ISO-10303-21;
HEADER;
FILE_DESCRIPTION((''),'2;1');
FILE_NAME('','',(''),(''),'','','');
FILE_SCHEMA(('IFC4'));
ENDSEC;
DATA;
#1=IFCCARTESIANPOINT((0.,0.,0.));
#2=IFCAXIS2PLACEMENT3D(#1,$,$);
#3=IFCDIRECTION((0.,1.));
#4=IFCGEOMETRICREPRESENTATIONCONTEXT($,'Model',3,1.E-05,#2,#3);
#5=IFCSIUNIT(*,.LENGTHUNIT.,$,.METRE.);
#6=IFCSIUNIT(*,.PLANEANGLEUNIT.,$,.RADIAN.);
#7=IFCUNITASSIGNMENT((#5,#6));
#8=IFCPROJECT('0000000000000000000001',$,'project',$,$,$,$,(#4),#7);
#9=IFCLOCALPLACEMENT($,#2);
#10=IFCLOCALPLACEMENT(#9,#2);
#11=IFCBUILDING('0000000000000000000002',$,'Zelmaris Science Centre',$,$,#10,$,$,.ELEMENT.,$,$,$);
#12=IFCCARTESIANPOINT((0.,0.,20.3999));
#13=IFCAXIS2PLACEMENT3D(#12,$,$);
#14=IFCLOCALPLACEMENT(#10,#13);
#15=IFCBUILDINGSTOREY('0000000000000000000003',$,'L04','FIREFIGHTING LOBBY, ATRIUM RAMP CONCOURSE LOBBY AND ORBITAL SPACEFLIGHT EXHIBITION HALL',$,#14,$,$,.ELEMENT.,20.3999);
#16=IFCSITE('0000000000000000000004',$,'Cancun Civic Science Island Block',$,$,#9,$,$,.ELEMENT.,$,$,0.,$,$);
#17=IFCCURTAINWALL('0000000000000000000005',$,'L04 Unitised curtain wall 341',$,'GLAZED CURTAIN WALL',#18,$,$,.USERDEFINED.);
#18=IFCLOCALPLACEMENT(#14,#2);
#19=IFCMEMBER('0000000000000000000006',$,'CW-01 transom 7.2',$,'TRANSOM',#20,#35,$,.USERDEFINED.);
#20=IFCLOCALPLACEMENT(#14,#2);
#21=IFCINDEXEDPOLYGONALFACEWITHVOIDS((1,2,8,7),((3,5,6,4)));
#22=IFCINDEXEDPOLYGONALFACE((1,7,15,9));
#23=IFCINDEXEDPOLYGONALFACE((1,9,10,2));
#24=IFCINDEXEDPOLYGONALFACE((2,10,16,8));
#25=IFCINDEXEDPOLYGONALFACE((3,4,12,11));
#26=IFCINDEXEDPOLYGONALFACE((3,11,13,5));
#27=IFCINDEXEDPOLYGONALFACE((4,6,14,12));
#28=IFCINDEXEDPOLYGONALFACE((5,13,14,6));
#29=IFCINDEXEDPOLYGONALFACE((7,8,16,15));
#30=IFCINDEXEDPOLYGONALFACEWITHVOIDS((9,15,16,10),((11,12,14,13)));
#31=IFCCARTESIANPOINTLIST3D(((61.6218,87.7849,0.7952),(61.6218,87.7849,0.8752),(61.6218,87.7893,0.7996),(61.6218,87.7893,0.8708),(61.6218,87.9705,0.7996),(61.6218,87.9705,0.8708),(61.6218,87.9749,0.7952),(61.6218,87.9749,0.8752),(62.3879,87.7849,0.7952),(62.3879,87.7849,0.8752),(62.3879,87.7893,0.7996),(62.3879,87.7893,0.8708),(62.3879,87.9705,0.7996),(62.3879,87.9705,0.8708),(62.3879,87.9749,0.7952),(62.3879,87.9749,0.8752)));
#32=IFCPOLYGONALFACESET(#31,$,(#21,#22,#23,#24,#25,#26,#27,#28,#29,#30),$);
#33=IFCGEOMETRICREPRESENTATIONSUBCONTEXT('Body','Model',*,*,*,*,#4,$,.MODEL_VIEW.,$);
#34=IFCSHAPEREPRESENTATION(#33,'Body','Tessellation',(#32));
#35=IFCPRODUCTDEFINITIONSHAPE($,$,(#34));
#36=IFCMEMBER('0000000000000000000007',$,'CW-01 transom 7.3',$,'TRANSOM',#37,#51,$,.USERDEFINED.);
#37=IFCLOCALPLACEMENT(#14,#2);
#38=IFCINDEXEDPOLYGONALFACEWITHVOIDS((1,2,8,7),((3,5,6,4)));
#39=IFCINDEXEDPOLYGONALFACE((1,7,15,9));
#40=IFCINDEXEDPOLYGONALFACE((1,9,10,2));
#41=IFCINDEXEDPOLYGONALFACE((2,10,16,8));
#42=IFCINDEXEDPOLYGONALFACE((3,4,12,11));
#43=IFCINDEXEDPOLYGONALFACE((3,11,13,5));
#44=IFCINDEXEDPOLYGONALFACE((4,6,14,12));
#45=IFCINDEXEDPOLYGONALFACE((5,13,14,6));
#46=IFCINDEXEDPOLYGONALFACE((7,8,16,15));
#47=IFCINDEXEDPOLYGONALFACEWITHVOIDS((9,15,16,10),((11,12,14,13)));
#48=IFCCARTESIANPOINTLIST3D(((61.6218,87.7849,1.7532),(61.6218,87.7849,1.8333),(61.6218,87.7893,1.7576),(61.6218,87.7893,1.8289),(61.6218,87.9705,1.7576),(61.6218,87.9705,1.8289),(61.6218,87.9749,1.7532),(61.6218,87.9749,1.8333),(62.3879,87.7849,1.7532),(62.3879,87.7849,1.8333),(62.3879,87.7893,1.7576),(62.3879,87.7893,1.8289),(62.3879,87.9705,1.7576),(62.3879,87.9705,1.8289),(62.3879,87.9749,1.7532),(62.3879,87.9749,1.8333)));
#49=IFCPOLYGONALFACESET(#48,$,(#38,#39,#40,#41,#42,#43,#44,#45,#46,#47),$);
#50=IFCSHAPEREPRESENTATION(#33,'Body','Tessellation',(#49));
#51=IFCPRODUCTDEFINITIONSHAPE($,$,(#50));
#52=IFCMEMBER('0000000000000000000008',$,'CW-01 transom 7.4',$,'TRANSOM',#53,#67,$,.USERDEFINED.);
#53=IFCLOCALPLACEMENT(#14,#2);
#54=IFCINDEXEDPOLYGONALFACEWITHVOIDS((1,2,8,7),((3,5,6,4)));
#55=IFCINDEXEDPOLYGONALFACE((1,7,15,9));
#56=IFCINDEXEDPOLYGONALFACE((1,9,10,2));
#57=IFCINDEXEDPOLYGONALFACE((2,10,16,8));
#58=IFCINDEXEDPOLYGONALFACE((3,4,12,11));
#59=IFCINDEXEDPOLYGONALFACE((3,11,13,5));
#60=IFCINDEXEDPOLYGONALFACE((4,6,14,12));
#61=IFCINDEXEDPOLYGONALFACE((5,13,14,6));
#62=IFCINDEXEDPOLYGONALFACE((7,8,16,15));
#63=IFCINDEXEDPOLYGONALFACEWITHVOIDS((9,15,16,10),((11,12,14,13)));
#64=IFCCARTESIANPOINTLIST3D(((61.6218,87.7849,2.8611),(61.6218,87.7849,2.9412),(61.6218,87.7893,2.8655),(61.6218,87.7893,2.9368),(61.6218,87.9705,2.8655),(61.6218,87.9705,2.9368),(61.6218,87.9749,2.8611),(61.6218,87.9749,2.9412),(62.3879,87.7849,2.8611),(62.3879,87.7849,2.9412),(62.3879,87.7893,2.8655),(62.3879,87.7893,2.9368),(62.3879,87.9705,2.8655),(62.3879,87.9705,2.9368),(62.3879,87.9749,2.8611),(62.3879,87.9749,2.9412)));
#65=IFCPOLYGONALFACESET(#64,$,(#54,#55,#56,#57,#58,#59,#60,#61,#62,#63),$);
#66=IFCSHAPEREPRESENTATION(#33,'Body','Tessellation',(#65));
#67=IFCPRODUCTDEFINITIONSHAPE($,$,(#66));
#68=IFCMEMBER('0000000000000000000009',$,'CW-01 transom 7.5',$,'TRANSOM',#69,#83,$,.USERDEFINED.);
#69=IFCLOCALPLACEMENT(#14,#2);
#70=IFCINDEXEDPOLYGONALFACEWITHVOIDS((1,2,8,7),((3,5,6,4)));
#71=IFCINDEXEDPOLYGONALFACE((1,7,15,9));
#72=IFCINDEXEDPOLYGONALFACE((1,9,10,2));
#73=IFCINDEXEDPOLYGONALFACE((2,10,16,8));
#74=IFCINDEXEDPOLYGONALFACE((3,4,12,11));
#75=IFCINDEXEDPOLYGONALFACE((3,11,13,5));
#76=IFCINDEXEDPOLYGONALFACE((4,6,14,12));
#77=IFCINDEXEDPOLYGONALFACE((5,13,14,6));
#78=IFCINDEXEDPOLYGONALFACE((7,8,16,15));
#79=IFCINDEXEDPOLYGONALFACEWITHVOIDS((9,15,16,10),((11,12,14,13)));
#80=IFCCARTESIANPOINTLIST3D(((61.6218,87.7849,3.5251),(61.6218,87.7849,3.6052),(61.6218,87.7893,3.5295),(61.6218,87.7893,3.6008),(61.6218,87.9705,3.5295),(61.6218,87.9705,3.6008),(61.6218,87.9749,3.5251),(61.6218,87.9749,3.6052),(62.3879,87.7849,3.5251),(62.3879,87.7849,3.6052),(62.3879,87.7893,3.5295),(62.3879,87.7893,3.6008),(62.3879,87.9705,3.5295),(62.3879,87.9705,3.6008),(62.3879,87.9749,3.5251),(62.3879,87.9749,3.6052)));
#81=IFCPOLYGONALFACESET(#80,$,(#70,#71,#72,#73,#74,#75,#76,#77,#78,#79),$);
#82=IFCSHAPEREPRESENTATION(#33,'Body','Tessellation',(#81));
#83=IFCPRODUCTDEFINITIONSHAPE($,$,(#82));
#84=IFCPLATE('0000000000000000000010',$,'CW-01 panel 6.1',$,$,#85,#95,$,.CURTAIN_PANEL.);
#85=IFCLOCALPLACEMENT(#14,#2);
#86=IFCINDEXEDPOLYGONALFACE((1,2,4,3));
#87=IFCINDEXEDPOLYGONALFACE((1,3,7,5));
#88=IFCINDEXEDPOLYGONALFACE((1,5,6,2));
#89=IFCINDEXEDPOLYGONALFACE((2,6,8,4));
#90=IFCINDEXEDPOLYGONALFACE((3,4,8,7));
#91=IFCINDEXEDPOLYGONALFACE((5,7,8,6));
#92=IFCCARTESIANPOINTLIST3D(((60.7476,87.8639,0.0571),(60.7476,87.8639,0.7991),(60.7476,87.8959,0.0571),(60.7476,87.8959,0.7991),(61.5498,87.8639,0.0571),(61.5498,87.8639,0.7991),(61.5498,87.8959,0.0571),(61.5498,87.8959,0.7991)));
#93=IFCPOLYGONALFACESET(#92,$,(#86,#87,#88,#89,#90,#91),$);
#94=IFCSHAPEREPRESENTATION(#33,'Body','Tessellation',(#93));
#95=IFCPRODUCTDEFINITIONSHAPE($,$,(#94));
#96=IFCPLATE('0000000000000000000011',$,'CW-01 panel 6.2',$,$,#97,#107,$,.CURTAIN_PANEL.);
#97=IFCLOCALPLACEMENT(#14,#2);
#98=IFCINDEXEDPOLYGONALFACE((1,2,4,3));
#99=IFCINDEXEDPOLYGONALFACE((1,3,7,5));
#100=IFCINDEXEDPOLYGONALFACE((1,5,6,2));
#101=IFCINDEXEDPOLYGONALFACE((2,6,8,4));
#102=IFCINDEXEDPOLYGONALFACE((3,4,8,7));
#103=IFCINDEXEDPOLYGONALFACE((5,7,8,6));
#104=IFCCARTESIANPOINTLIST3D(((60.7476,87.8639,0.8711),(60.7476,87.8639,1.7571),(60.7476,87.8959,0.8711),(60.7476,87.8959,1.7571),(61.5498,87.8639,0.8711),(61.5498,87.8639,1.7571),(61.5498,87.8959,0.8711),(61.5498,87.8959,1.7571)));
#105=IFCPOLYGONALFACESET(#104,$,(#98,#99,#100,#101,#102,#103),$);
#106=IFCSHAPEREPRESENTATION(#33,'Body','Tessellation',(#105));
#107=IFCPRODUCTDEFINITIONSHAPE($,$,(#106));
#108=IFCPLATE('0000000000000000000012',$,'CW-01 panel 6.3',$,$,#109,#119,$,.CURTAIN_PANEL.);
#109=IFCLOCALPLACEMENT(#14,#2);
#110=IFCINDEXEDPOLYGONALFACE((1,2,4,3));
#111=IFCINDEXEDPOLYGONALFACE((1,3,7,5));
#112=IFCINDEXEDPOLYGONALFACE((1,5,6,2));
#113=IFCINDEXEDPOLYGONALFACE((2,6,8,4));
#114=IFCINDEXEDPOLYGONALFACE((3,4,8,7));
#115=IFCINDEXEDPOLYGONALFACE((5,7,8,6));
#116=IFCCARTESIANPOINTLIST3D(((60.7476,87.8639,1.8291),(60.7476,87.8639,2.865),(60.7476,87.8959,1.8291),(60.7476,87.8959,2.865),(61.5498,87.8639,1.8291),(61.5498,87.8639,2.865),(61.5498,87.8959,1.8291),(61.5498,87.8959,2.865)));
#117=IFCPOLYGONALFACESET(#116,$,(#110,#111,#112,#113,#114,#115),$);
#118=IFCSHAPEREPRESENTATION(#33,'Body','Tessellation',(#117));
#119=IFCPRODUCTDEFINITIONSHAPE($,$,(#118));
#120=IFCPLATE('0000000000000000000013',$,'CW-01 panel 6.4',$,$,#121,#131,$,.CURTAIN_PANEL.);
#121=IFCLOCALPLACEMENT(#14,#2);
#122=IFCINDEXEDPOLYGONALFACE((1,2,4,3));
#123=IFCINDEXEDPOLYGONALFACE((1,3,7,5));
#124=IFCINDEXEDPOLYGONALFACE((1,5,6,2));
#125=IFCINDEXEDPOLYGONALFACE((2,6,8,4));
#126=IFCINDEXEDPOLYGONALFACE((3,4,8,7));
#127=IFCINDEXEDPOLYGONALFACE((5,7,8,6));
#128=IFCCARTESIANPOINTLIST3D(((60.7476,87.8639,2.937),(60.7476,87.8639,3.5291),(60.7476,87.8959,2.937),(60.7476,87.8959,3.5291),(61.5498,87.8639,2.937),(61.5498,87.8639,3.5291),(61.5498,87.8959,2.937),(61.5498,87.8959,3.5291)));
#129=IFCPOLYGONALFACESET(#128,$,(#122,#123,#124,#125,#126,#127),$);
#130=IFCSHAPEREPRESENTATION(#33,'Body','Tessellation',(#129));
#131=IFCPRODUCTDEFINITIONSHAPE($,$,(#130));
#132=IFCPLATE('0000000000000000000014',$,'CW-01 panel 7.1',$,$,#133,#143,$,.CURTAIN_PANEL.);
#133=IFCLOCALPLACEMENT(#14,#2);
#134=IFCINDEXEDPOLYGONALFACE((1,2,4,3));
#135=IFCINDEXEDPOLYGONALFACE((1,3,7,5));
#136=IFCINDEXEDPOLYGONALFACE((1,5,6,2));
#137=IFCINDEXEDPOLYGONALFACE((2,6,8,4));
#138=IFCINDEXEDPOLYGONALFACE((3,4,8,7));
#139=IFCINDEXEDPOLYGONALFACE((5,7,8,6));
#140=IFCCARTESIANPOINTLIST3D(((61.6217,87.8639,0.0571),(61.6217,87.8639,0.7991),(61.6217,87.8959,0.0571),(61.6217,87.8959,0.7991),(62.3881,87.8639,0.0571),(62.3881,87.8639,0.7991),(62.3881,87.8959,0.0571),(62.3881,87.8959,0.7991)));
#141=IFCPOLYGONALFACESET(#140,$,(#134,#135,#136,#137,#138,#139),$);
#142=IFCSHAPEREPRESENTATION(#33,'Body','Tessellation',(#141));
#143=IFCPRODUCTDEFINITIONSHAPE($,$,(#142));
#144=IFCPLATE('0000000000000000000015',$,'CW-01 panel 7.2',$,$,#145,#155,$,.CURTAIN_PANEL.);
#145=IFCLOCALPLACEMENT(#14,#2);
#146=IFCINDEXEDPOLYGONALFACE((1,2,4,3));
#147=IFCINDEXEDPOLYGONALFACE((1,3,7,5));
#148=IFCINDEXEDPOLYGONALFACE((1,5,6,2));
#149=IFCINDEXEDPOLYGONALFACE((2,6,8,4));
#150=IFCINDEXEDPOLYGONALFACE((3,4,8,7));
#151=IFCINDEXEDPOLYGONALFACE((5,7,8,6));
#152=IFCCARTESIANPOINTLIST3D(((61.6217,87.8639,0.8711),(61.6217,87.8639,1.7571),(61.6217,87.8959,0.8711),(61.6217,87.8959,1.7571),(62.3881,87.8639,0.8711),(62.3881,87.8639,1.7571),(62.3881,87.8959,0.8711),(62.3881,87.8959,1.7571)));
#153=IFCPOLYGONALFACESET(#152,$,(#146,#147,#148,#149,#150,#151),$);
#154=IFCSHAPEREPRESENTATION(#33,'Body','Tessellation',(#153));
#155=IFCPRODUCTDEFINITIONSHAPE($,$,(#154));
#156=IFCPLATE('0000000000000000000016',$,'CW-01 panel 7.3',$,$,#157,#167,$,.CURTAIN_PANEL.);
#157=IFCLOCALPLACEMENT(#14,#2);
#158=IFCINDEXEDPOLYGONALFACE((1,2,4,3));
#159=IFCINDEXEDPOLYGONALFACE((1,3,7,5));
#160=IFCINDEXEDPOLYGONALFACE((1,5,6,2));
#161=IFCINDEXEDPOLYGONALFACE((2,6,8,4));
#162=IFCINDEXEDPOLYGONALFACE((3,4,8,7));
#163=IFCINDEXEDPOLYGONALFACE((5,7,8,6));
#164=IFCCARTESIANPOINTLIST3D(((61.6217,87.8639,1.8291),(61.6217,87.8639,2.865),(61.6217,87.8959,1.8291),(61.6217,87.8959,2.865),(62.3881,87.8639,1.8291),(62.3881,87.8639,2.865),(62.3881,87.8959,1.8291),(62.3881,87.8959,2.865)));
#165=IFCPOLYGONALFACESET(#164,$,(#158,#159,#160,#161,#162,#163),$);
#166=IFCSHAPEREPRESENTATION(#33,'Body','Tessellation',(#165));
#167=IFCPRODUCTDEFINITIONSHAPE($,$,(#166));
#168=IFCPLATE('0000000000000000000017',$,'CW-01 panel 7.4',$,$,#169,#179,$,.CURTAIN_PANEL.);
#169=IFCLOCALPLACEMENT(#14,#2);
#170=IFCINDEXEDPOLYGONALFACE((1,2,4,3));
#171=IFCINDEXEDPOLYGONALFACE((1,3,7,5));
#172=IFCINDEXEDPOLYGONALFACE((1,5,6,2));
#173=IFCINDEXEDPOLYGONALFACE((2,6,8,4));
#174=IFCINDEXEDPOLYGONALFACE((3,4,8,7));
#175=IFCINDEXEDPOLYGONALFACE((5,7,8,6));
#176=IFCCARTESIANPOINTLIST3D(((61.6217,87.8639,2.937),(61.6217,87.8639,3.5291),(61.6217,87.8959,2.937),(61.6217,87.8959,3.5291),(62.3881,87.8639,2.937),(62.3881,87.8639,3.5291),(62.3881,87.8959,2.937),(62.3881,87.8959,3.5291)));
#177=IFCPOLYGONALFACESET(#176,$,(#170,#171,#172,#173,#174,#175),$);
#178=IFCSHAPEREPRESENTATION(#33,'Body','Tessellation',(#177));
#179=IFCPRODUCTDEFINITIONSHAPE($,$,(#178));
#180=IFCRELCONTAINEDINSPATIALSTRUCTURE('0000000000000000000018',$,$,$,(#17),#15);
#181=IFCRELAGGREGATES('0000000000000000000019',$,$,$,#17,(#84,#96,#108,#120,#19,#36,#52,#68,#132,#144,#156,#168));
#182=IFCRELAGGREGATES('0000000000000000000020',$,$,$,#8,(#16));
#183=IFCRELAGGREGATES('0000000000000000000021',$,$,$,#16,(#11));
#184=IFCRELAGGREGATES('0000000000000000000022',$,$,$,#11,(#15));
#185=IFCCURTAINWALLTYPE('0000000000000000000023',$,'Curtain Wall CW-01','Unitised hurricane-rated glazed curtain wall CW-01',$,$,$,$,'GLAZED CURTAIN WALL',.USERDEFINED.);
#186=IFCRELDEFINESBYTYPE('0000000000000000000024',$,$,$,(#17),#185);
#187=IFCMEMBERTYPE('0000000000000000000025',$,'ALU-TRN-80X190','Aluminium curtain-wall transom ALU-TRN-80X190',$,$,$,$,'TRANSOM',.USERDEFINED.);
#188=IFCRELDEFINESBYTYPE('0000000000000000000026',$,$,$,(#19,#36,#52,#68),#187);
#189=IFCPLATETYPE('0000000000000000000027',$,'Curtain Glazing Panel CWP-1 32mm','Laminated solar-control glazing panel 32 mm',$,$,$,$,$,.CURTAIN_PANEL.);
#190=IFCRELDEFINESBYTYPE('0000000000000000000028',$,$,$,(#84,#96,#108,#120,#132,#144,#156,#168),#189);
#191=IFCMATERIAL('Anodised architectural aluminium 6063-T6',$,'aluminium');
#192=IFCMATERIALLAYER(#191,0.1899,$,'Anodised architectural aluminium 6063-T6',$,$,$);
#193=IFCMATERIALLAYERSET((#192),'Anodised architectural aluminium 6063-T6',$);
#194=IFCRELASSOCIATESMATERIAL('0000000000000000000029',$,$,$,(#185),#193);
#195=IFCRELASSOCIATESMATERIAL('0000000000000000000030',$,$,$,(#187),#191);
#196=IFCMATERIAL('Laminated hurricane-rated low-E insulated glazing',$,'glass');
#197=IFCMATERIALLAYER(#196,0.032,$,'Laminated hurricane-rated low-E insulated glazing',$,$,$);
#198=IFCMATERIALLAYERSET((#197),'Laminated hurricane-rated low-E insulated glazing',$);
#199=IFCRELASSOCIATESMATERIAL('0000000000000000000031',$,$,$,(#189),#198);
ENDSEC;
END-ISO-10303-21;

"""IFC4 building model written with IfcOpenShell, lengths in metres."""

from ifc_helpers import new_model, si_unit, direction, frame, origin, origin_2d, place, context, subcontext, project, spatial, rectangle, hollow_rectangle, extrude, material, layer, layer_set, material_profile, profile_set, type_object, element, aggregate, save


model = new_model("IFC4")

# Units and contexts
model_context = context("Model", 3, precision=1e-05, world=origin(), true_north=direction((0.0, 1.0)))
body_context = subcontext(model_context, "Body", "Model", "MODEL_VIEW")
ifc_project = project(units=[si_unit("LENGTHUNIT", "METRE"), si_unit("PLANEANGLEUNIT", "RADIAN")], contexts=[model_context])

# Site, building, storey
site_placement = place(None, origin())
site = spatial("IfcSite", under=ifc_project, at=site_placement, Name="Cancun Civic Science Island Block", CompositionType="ELEMENT", RefElevation=0.0)
building_placement = place(site_placement, origin())
building = spatial("IfcBuilding", under=site, at=building_placement, Name="Zelmaris Science Centre", CompositionType="ELEMENT")
storey_placement = place(building_placement, frame((0.0, 0.0, 20.3999)))
storey = spatial("IfcBuildingStorey", under=building, at=storey_placement, Name="L04", Description="FIREFIGHTING LOBBY, ATRIUM RAMP CONCOURSE LOBBY AND ORBITAL SPACEFLIGHT EXHIBITION HALL", CompositionType="ELEMENT", Elevation=20.3999)

# Curtain wall, members, plates
ifc_material_1 = material(Name="Anodised architectural aluminium 6063-T6", Category="aluminium")
ifc_layer_1 = layer(ifc_material_1, 0.1899, Name="Anodised architectural aluminium 6063-T6")
ifc_layer_set_1 = layer_set([ifc_layer_1], Name="Anodised architectural aluminium 6063-T6")
curtain_wall_type = type_object("IfcCurtainWallType", Name="Curtain Wall CW-01", Description="Unitised hurricane-rated glazed curtain wall CW-01", ElementType="GLAZED CURTAIN WALL", PredefinedType="USERDEFINED", material=ifc_layer_set_1)
curtain_wall_placement = place(storey_placement, origin())
curtain_wall = element("IfcCurtainWall", 1, at=curtain_wall_placement, inside=storey, type_object=curtain_wall_type, Name="L04 Unitised curtain wall 341", ObjectType="GLAZED CURTAIN WALL", PredefinedType="USERDEFINED")
ifc_material_profile_1 = material_profile(ifc_material_1, hollow_rectangle(XDim=0.0801, YDim=0.1899, WallThickness=0.0044, at=origin_2d()), Name="ALU-TRN-80X190")
ifc_profile_set_1 = profile_set([ifc_material_profile_1], Name="Anodised architectural aluminium 6063-T6")
member_type_1 = type_object("IfcMemberType", Name="ALU-TRN-80X190", Description="Aluminium curtain-wall transom ALU-TRN-80X190", ElementType="TRANSOM", PredefinedType="USERDEFINED", material=ifc_profile_set_1)
member_1_placement = place(storey_placement, frame((61.6218, 87.8799, 0.8352), z_axis=(1.0, 0.0, 0.0), x_axis=(0.0, 0.0, 1.0)))
member_1 = element("IfcMember", 2, at=member_1_placement, type_object=member_type_1, Name="CW-01 transom 7.2", ObjectType="TRANSOM", PredefinedType="USERDEFINED", context=body_context, shape_type="SweptSolid", body=[
    extrude(hollow_rectangle(XDim=0.0801, YDim=0.1899, WallThickness=0.0044, at=origin_2d()), origin(), (0.0, 0.0, 1.0), 0.7661),
])
member_2_placement = place(storey_placement, frame((61.6218, 87.8799, 1.7932), z_axis=(1.0, 0.0, 0.0), x_axis=(0.0, 0.0, 1.0)))
member_2 = element("IfcMember", 3, at=member_2_placement, type_object=member_type_1, Name="CW-01 transom 7.3", ObjectType="TRANSOM", PredefinedType="USERDEFINED", context=body_context, shape_type="SweptSolid", body=[
    extrude(hollow_rectangle(XDim=0.0801, YDim=0.1899, WallThickness=0.0044, at=origin_2d()), origin(), (0.0, 0.0, 1.0), 0.7661),
])
member_3_placement = place(storey_placement, frame((61.6218, 87.8799, 2.9011), z_axis=(1.0, 0.0, 0.0), x_axis=(0.0, 0.0, 1.0)))
member_3 = element("IfcMember", 4, at=member_3_placement, type_object=member_type_1, Name="CW-01 transom 7.4", ObjectType="TRANSOM", PredefinedType="USERDEFINED", context=body_context, shape_type="SweptSolid", body=[
    extrude(hollow_rectangle(XDim=0.0801, YDim=0.1899, WallThickness=0.0044, at=origin_2d()), origin(), (0.0, 0.0, 1.0), 0.7661),
])
member_4_placement = place(storey_placement, frame((61.6218, 87.8799, 3.5652), z_axis=(1.0, 0.0, 0.0), x_axis=(0.0, 0.0, 1.0)))
member_4 = element("IfcMember", 5, at=member_4_placement, type_object=member_type_1, Name="CW-01 transom 7.5", ObjectType="TRANSOM", PredefinedType="USERDEFINED", context=body_context, shape_type="SweptSolid", body=[
    extrude(hollow_rectangle(XDim=0.0801, YDim=0.1899, WallThickness=0.0044, at=origin_2d()), origin(), (0.0, 0.0, 1.0), 0.7661),
])
ifc_material_2 = material(Name="Laminated hurricane-rated low-E insulated glazing", Category="glass")
ifc_layer_2 = layer(ifc_material_2, 0.032, Name="Laminated hurricane-rated low-E insulated glazing")
ifc_layer_set_2 = layer_set([ifc_layer_2], Name="Laminated hurricane-rated low-E insulated glazing")
plate_type = type_object("IfcPlateType", Name="Curtain Glazing Panel CWP-1 32mm", Description="Laminated solar-control glazing panel 32 mm", PredefinedType="CURTAIN_PANEL", material=ifc_layer_set_2)
plate_1_placement = place(storey_placement, frame((61.1487, 87.8799, 0.0571), z_axis=(0.0, 0.0, 1.0), x_axis=(1.0, 0.0, 0.0)))
plate_1 = element("IfcPlate", 6, at=plate_1_placement, type_object=plate_type, Name="CW-01 panel 6.1", PredefinedType="CURTAIN_PANEL", context=body_context, shape_type="SweptSolid", body=[
    extrude(rectangle(XDim=0.8022, YDim=0.032, at=origin_2d()), origin(), (0.0, 0.0, 1.0), 0.7419),
])
plate_2_placement = place(storey_placement, frame((61.1487, 87.8799, 0.8711), z_axis=(0.0, 0.0, 1.0), x_axis=(1.0, 0.0, 0.0)))
plate_2 = element("IfcPlate", 7, at=plate_2_placement, type_object=plate_type, Name="CW-01 panel 6.2", PredefinedType="CURTAIN_PANEL", context=body_context, shape_type="SweptSolid", body=[
    extrude(rectangle(XDim=0.8022, YDim=0.032, at=origin_2d()), origin(), (0.0, 0.0, 1.0), 0.886),
])
plate_3_placement = place(storey_placement, frame((61.1487, 87.8799, 1.8291), z_axis=(0.0, 0.0, 1.0), x_axis=(1.0, 0.0, 0.0)))
plate_3 = element("IfcPlate", 8, at=plate_3_placement, type_object=plate_type, Name="CW-01 panel 6.3", PredefinedType="CURTAIN_PANEL", context=body_context, shape_type="SweptSolid", body=[
    extrude(rectangle(XDim=0.8022, YDim=0.032, at=origin_2d()), origin(), (0.0, 0.0, 1.0), 1.0359),
])
plate_4_placement = place(storey_placement, frame((61.1487, 87.8799, 2.937), z_axis=(0.0, 0.0, 1.0), x_axis=(1.0, 0.0, 0.0)))
plate_4 = element("IfcPlate", 9, at=plate_4_placement, type_object=plate_type, Name="CW-01 panel 6.4", PredefinedType="CURTAIN_PANEL", context=body_context, shape_type="SweptSolid", body=[
    extrude(rectangle(XDim=0.8022, YDim=0.032, at=origin_2d()), origin(), (0.0, 0.0, 1.0), 0.592),
])
plate_5_placement = place(storey_placement, frame((62.0049, 87.8799, 0.0571), z_axis=(0.0, 0.0, 1.0), x_axis=(1.0, 0.0, 0.0)))
plate_5 = element("IfcPlate", 10, at=plate_5_placement, type_object=plate_type, Name="CW-01 panel 7.1", PredefinedType="CURTAIN_PANEL", context=body_context, shape_type="SweptSolid", body=[
    extrude(rectangle(XDim=0.7664, YDim=0.032, at=origin_2d()), origin(), (0.0, 0.0, 1.0), 0.7419),
])
plate_6_placement = place(storey_placement, frame((62.0049, 87.8799, 0.8711), z_axis=(0.0, 0.0, 1.0), x_axis=(1.0, 0.0, 0.0)))
plate_6 = element("IfcPlate", 11, at=plate_6_placement, type_object=plate_type, Name="CW-01 panel 7.2", PredefinedType="CURTAIN_PANEL", context=body_context, shape_type="SweptSolid", body=[
    extrude(rectangle(XDim=0.7664, YDim=0.032, at=origin_2d()), origin(), (0.0, 0.0, 1.0), 0.886),
])
plate_7_placement = place(storey_placement, frame((62.0049, 87.8799, 1.8291), z_axis=(0.0, 0.0, 1.0), x_axis=(1.0, 0.0, 0.0)))
plate_7 = element("IfcPlate", 12, at=plate_7_placement, type_object=plate_type, Name="CW-01 panel 7.3", PredefinedType="CURTAIN_PANEL", context=body_context, shape_type="SweptSolid", body=[
    extrude(rectangle(XDim=0.7664, YDim=0.032, at=origin_2d()), origin(), (0.0, 0.0, 1.0), 1.0359),
])
plate_8_placement = place(storey_placement, frame((62.0049, 87.8799, 2.937), z_axis=(0.0, 0.0, 1.0), x_axis=(1.0, 0.0, 0.0)))
plate_8 = element("IfcPlate", 13, at=plate_8_placement, type_object=plate_type, Name="CW-01 panel 7.4", PredefinedType="CURTAIN_PANEL", context=body_context, shape_type="SweptSolid", body=[
    extrude(rectangle(XDim=0.7664, YDim=0.032, at=origin_2d()), origin(), (0.0, 0.0, 1.0), 0.592),
])
aggregate(curtain_wall, [plate_1, plate_2, plate_3, plate_4, member_1, member_2, member_3, member_4, plate_5, plate_6, plate_7, plate_8])

save(model, "model.ifc")
